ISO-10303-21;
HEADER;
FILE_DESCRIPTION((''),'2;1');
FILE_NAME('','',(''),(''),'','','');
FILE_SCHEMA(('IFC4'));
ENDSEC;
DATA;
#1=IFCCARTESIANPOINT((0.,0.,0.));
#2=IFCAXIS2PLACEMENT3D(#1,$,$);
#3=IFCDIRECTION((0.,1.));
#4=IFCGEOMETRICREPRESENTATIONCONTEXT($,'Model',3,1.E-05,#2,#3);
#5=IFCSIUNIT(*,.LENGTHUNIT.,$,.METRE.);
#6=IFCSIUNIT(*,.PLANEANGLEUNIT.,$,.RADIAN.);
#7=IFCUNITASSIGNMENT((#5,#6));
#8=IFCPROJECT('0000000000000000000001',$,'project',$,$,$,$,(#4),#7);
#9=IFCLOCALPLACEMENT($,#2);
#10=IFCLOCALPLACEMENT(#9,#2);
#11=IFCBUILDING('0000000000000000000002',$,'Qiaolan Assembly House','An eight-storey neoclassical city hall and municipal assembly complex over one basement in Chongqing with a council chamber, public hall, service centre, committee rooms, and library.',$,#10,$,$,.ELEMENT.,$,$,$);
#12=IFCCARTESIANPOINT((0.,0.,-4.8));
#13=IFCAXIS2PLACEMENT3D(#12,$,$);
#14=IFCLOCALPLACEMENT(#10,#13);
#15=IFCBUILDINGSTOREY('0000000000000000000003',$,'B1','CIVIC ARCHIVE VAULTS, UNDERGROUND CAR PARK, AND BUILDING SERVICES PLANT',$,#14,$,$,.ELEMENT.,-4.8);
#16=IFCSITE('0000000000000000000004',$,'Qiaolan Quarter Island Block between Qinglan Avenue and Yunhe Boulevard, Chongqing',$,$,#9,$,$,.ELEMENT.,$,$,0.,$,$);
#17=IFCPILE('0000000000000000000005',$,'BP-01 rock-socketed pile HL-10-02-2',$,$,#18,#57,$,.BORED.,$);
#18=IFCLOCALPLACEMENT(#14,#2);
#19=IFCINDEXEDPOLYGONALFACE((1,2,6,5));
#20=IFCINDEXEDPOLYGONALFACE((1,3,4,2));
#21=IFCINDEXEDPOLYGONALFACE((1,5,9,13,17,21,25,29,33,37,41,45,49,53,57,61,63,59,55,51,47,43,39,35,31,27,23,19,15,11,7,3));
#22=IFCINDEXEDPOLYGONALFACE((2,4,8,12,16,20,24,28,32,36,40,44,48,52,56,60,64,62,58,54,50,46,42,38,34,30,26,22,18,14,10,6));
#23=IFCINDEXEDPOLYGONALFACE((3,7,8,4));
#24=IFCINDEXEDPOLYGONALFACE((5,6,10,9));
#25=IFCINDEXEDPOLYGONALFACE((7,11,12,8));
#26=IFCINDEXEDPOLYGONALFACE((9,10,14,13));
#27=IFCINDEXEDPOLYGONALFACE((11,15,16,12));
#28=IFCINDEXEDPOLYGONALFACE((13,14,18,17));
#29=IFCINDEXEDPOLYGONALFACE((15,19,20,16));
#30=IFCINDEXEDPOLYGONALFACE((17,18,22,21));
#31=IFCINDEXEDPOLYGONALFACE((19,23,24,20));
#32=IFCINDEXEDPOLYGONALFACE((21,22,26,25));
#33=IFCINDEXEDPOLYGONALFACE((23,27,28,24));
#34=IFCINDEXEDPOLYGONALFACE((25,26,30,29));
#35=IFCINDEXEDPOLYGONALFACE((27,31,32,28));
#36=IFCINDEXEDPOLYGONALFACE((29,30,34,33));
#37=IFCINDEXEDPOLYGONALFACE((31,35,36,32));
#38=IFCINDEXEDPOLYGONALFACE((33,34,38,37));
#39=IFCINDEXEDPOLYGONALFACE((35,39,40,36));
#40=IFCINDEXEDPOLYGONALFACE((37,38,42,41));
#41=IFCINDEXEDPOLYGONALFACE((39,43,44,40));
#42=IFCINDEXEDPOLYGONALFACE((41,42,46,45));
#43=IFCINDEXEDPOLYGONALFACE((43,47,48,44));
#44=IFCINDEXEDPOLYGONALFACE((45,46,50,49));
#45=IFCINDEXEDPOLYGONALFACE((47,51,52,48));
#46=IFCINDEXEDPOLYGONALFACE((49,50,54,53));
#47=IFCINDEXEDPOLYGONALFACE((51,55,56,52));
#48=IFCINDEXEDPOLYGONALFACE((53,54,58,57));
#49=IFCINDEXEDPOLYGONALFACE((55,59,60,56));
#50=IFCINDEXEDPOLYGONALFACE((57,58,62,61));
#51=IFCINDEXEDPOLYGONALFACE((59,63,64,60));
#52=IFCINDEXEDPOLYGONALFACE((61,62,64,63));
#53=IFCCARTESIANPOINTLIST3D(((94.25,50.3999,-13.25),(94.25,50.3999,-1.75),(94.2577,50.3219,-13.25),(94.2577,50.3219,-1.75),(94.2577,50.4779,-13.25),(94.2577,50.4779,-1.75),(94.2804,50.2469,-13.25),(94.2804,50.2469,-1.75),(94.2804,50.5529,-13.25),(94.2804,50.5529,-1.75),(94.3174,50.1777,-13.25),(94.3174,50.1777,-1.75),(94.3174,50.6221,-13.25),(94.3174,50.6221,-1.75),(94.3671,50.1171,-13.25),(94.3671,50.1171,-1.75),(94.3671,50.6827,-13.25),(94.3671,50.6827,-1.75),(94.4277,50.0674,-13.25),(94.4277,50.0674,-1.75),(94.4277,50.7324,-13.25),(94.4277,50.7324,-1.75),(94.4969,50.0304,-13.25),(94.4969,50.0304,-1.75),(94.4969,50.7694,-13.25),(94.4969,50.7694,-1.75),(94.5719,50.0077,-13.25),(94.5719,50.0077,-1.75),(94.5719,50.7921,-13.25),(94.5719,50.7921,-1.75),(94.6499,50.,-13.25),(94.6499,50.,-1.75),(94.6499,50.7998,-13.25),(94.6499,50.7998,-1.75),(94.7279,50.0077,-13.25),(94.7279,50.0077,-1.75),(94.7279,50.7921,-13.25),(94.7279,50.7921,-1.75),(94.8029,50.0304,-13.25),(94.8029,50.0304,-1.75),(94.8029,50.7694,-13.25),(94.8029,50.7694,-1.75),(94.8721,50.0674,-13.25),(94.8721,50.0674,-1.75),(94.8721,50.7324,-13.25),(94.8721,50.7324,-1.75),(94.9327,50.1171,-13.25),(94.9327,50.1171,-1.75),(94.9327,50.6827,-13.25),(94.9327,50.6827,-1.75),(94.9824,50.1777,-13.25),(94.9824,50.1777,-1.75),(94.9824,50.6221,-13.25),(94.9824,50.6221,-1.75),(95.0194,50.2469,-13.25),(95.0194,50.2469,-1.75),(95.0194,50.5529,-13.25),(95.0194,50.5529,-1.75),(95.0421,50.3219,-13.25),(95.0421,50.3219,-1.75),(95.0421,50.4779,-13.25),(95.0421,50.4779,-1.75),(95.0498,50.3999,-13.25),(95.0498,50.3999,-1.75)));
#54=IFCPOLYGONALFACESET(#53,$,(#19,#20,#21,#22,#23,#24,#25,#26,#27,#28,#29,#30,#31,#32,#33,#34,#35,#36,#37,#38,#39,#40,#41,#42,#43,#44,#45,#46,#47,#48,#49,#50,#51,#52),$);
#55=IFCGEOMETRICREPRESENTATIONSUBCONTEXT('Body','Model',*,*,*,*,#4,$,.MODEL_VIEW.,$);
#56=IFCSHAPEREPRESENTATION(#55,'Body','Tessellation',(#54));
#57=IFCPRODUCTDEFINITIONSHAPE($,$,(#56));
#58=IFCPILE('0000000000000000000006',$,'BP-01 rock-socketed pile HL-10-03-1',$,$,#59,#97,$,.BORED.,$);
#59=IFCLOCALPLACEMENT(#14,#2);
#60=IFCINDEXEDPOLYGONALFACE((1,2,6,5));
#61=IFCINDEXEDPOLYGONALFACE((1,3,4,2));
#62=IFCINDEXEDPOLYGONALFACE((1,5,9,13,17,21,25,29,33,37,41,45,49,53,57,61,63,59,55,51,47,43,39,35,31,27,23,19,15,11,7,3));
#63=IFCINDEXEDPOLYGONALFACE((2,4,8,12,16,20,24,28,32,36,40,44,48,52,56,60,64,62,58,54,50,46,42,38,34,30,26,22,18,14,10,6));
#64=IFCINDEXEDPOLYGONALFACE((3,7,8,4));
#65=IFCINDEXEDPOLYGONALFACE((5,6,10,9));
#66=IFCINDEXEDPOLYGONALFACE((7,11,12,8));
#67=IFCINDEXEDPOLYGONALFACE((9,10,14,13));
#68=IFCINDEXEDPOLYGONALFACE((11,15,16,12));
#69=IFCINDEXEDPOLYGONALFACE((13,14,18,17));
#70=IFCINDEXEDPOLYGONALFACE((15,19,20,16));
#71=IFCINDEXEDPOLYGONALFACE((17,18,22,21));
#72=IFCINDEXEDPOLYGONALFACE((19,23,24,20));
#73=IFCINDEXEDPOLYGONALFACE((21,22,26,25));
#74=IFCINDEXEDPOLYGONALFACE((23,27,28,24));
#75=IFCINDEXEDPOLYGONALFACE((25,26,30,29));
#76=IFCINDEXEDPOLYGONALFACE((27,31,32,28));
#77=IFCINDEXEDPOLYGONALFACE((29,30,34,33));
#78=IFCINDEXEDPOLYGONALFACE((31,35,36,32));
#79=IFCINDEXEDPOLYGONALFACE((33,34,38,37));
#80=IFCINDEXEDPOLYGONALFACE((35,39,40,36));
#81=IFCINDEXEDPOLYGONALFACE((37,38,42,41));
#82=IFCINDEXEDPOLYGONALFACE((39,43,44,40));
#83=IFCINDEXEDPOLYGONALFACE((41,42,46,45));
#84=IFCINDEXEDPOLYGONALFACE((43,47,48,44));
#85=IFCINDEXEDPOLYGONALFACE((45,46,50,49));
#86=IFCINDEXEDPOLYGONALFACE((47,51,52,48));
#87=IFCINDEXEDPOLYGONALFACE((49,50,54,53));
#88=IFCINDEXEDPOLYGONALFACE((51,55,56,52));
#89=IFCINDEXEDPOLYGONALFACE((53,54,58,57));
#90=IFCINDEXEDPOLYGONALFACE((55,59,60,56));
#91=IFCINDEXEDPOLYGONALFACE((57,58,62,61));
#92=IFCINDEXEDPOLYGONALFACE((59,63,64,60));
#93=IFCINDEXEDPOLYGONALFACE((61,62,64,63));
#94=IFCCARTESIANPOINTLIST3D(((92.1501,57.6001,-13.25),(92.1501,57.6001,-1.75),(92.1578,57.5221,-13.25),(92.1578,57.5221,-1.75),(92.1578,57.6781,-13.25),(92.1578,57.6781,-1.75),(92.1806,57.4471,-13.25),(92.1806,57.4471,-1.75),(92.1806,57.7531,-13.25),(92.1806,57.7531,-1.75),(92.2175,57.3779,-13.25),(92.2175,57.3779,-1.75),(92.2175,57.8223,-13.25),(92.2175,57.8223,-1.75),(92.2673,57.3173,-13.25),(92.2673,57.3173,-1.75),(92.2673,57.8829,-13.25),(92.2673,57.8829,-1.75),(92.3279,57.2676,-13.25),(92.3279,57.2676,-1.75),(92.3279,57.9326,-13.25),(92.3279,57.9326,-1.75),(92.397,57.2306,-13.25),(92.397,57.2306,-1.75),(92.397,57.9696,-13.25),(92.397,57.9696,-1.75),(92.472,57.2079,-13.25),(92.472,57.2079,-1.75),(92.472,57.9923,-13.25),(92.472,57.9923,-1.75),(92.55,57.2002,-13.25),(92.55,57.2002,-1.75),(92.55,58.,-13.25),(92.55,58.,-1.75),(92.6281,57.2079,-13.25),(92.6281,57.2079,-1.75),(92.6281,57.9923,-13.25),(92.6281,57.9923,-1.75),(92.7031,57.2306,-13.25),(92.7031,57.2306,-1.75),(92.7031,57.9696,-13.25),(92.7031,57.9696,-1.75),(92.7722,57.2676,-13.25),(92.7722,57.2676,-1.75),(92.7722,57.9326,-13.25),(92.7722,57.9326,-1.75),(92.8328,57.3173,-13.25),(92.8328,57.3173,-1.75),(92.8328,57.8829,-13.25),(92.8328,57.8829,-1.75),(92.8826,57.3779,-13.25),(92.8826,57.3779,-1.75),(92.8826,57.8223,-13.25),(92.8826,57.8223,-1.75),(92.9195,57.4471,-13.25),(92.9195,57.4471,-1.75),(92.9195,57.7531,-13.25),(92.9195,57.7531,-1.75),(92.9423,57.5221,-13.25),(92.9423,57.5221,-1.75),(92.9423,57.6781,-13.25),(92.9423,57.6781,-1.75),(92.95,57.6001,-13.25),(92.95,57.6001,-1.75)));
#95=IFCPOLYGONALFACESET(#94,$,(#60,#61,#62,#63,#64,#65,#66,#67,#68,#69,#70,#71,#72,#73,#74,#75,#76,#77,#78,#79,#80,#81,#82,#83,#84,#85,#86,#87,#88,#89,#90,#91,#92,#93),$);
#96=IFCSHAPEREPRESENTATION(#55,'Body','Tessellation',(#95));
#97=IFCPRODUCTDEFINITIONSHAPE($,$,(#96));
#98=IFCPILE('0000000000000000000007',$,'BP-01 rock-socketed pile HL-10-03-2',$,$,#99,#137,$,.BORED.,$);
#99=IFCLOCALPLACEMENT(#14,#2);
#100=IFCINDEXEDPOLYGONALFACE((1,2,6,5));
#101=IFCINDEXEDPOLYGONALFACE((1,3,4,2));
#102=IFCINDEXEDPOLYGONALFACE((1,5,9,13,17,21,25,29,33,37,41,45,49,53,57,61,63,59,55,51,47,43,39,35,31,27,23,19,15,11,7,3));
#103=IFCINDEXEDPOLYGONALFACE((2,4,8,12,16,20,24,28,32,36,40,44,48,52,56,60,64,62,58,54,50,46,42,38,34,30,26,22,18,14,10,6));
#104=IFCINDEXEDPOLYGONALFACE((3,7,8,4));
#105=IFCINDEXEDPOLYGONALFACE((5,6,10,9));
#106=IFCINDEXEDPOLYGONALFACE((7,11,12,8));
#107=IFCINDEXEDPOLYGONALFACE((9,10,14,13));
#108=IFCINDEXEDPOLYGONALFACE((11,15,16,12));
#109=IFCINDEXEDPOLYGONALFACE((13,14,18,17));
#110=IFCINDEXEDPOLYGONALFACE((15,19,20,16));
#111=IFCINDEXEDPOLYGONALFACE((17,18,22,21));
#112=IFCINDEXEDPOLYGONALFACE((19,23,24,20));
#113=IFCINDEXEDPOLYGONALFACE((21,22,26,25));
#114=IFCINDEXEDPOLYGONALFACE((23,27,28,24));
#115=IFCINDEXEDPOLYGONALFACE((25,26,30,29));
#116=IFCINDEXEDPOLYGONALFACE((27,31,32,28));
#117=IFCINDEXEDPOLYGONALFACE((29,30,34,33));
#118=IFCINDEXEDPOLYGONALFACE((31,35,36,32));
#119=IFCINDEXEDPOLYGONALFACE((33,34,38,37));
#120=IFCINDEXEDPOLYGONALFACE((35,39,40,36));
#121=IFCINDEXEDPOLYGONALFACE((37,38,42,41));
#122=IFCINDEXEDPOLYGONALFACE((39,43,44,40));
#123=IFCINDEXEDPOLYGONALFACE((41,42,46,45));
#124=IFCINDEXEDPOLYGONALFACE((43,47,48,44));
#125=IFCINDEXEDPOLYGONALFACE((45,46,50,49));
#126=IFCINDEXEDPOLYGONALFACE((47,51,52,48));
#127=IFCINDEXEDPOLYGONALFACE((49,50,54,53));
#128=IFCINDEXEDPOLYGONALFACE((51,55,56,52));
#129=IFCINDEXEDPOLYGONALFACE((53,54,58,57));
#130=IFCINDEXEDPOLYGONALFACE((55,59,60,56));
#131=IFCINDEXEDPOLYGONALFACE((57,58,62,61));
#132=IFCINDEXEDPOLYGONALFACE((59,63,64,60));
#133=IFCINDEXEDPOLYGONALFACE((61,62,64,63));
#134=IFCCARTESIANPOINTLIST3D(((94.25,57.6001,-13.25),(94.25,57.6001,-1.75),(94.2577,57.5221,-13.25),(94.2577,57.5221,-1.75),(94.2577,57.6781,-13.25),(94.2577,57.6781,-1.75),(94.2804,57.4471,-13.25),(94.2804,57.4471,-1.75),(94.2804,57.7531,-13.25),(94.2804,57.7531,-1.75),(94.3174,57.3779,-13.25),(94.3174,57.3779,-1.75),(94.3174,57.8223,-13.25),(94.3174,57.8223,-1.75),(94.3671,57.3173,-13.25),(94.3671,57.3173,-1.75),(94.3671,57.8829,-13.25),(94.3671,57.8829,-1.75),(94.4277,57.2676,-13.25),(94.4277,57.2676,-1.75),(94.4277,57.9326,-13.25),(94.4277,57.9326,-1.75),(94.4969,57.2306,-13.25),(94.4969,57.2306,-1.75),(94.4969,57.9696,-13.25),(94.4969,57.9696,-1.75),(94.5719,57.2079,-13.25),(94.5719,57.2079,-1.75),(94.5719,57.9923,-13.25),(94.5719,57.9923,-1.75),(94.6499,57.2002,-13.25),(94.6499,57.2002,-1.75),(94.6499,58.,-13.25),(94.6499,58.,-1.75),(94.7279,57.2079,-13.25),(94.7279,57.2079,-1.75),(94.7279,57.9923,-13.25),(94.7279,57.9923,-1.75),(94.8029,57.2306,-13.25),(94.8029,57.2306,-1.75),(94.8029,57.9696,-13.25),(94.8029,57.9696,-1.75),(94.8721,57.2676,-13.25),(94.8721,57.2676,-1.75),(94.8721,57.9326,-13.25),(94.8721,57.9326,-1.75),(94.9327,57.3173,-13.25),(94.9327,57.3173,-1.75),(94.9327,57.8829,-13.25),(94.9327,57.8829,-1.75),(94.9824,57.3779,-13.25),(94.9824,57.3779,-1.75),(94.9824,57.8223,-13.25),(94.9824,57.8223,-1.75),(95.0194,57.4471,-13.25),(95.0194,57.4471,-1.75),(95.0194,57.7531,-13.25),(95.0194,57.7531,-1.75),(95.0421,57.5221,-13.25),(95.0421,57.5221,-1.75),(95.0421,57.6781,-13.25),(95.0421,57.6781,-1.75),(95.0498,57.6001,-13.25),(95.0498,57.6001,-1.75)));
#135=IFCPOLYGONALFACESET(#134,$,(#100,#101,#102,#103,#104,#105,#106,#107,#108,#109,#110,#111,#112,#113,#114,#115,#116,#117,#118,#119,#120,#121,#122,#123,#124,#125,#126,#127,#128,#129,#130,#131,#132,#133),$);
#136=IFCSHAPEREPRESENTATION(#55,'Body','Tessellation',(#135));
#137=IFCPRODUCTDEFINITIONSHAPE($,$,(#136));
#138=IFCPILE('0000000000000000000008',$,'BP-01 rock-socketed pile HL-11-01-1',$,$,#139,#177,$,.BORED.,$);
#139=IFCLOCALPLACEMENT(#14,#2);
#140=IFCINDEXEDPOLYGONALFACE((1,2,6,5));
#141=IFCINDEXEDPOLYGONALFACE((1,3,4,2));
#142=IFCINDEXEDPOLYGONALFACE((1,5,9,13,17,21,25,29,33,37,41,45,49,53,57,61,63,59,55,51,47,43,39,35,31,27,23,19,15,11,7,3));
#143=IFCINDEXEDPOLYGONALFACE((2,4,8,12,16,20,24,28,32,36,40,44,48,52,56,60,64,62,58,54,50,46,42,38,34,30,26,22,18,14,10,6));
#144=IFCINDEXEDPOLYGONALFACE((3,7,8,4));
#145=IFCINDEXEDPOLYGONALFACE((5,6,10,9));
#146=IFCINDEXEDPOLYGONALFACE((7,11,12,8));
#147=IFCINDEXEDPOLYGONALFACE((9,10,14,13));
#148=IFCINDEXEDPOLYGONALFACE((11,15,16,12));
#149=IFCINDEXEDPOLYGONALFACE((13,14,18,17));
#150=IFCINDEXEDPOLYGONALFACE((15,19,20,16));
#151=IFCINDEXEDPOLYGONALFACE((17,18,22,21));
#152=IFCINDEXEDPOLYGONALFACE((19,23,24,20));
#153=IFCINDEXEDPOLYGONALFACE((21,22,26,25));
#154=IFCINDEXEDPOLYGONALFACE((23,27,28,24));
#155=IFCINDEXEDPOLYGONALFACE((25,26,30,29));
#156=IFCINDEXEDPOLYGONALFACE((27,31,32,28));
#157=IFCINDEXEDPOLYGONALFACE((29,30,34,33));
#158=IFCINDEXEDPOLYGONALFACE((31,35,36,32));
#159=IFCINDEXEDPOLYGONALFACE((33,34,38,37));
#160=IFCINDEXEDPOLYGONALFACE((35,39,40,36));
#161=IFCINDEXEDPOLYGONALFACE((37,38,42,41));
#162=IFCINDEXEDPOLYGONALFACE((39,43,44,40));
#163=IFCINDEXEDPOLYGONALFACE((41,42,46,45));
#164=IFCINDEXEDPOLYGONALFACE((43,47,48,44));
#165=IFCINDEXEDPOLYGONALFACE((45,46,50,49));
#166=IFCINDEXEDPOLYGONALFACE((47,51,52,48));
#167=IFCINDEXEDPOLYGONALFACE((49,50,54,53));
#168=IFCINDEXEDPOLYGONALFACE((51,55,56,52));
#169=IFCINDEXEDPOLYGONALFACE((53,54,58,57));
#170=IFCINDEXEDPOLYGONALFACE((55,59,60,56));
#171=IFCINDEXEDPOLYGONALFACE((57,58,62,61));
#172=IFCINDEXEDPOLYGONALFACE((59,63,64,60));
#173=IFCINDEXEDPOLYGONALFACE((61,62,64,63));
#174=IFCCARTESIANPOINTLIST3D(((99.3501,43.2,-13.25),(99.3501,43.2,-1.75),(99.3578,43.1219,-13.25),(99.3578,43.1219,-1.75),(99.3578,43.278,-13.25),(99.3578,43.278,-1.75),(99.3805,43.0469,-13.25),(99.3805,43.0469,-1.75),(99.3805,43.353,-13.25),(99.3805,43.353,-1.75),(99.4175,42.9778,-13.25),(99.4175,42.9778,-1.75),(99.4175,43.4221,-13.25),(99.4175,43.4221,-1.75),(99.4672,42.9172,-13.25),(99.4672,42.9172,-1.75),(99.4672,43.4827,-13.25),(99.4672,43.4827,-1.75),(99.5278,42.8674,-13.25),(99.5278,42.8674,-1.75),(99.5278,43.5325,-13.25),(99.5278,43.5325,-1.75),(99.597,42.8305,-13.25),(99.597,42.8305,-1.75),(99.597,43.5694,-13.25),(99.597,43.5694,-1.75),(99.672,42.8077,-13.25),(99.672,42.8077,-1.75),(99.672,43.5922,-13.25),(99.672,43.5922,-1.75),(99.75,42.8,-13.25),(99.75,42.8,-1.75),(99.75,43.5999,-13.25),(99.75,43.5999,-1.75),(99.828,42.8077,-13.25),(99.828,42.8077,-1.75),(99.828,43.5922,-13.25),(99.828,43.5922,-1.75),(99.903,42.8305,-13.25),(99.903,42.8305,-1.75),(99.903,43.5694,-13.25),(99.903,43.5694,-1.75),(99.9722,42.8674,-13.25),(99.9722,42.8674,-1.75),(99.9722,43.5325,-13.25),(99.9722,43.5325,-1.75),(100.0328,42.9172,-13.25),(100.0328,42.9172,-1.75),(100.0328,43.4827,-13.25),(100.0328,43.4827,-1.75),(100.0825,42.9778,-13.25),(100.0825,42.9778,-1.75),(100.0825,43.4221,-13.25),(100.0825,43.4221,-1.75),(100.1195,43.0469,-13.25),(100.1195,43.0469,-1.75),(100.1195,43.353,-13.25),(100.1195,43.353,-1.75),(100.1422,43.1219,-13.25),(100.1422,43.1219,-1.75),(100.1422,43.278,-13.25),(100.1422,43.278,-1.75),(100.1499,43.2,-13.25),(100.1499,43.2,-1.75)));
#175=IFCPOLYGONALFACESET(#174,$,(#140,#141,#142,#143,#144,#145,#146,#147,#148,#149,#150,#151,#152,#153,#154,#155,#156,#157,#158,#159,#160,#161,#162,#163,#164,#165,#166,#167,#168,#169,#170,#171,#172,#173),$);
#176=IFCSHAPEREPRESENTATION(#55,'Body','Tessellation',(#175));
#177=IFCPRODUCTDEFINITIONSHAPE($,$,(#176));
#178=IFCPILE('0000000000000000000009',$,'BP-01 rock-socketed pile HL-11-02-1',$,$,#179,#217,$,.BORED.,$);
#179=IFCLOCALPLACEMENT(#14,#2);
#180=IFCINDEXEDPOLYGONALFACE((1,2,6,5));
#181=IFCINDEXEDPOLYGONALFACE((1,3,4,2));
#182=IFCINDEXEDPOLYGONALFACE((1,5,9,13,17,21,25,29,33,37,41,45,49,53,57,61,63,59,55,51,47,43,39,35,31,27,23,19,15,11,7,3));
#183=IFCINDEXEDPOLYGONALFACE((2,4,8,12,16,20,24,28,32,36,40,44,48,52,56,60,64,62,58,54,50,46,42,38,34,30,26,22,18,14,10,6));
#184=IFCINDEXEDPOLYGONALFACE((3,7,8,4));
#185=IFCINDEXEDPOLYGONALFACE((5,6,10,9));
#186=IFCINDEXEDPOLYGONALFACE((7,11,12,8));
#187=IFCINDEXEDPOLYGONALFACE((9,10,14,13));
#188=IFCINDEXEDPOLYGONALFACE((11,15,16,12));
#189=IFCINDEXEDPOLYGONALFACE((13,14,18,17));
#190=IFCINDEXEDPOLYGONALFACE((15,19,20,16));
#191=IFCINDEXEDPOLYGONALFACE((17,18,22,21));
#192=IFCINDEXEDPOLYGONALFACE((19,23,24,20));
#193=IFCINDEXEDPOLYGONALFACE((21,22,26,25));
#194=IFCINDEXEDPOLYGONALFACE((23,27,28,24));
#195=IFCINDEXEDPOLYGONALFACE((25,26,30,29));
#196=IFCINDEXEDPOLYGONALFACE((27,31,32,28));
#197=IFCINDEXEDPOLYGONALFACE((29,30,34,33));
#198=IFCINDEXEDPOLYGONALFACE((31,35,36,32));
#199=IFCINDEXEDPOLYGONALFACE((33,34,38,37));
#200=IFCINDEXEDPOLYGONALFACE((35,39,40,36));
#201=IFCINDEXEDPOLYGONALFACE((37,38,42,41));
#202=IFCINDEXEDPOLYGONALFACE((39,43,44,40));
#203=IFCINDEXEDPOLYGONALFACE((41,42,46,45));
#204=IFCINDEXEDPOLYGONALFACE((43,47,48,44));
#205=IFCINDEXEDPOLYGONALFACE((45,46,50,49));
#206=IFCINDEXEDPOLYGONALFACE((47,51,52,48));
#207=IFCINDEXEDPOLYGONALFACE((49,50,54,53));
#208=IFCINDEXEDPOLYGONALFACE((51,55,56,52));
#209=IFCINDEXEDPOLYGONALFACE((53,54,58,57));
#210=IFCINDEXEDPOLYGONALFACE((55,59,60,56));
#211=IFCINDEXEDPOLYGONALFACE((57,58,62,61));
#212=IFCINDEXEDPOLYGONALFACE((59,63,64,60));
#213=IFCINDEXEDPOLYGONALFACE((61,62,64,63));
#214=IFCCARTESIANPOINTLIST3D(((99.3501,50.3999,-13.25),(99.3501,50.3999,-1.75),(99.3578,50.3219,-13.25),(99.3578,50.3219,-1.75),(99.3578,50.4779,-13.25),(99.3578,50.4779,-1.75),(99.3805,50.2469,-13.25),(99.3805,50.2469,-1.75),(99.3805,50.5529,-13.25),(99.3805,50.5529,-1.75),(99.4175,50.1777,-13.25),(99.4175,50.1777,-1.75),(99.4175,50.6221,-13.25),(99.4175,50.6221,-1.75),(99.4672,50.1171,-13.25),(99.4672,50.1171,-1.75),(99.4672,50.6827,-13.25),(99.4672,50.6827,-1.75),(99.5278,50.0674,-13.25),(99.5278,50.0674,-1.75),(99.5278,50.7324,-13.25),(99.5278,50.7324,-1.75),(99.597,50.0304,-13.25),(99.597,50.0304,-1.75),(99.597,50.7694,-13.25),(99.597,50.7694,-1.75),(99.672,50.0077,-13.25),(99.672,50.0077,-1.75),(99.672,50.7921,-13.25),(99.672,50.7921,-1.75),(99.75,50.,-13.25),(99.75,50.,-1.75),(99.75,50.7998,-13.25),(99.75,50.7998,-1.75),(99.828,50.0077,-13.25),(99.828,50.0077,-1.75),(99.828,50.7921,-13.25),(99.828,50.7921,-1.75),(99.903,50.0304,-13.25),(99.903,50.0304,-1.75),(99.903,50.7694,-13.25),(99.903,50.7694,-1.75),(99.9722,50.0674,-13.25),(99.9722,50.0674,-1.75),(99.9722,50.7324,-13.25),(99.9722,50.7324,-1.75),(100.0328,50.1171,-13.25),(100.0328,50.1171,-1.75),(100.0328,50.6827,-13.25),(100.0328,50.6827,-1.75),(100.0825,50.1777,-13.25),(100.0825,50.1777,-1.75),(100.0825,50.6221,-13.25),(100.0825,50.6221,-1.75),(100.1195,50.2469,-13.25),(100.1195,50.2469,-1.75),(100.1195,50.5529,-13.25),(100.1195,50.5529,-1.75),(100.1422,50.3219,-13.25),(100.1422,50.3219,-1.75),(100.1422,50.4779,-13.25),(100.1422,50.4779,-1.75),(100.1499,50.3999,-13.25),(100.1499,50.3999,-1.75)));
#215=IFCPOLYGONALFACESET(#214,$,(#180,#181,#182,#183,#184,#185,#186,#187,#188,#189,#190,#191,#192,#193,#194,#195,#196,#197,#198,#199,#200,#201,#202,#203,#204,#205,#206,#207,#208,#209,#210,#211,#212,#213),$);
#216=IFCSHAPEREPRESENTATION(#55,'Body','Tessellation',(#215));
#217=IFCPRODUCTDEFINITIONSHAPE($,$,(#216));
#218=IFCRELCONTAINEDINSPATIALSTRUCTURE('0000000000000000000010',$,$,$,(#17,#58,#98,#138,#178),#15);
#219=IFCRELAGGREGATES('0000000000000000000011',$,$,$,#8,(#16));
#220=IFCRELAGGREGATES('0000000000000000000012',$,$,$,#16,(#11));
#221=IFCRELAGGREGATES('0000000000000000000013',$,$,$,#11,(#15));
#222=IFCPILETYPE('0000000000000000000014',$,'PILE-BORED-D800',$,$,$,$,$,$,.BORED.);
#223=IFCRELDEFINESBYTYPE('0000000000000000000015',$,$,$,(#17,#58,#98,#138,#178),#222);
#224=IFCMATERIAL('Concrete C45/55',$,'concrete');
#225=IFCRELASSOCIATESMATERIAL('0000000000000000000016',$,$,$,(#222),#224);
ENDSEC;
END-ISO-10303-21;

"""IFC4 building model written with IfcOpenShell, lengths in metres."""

from ifc_helpers import new_model, si_unit, direction, frame, origin, origin_2d, place, context, subcontext, project, spatial, circle, extrude, material, material_profile, profile_set, type_object, element, save


model = new_model("IFC4")

# Units and contexts
model_context = context("Model", 3, precision=1e-05, world=origin(), true_north=direction((0.0, 1.0)))
body_context = subcontext(model_context, "Body", "Model", "MODEL_VIEW")
ifc_project = project(units=[si_unit("LENGTHUNIT", "METRE"), si_unit("PLANEANGLEUNIT", "RADIAN")], contexts=[model_context])

# Site, building, storey
site_placement = place(None, origin())
site = spatial("IfcSite", under=ifc_project, at=site_placement, Name="Qiaolan Quarter Island Block between Qinglan Avenue and Yunhe Boulevard, Chongqing", CompositionType="ELEMENT", RefElevation=0.0)
building_placement = place(site_placement, origin())
building = spatial("IfcBuilding", under=site, at=building_placement, Name="Qiaolan Assembly House", Description="An eight-storey neoclassical city hall and municipal assembly complex over one basement in Chongqing with a council chamber, public hall, service centre, committee rooms, and library.", CompositionType="ELEMENT")
storey_placement = place(building_placement, frame((0.0, 0.0, -4.8)))
storey = spatial("IfcBuildingStorey", under=building, at=storey_placement, Name="B1", Description="CIVIC ARCHIVE VAULTS, UNDERGROUND CAR PARK, AND BUILDING SERVICES PLANT", CompositionType="ELEMENT", Elevation=-4.8)

# Piles
ifc_material_1 = material(Name="Concrete C45/55", Category="concrete")
ifc_material_profile_1 = material_profile(ifc_material_1, circle(Radius=0.3999, at=origin_2d()), Name="PILE D800")
ifc_profile_set_1 = profile_set([ifc_material_profile_1], Name="Concrete C45/55")
pile_type = type_object("IfcPileType", Name="PILE-BORED-D800", PredefinedType="BORED", material=ifc_profile_set_1)
for number, where, z_axis, x_axis, name in (
    (1, (94.6499, 50.3999, -1.75), (0.0, 0.0, -1.0), (1.0, 0.0, 0.0), "BP-01 rock-socketed pile HL-10-02-2"),
    (2, (92.55, 57.6001, -1.75), (0.0, 0.0, -1.0), (1.0, 0.0, 0.0), "BP-01 rock-socketed pile HL-10-03-1"),
    (3, (94.6499, 57.6001, -1.75), (0.0, 0.0, -1.0), (1.0, 0.0, 0.0), "BP-01 rock-socketed pile HL-10-03-2"),
    (4, (99.75, 43.2, -1.75), (0.0, 0.0, -1.0), (1.0, 0.0, 0.0), "BP-01 rock-socketed pile HL-11-01-1"),
    (5, (99.75, 50.3999, -1.75), (0.0, 0.0, -1.0), (1.0, 0.0, 0.0), "BP-01 rock-socketed pile HL-11-02-1"),
):
    element("IfcPile", number, at=place(storey_placement, frame(where, z_axis=z_axis, x_axis=x_axis)), inside=storey, type_object=pile_type, Name=name, PredefinedType="BORED", context=body_context, shape_type="SweptSolid", body=[
        extrude(circle(Radius=0.3999, at=origin_2d()), origin(), (0.0, 0.0, 1.0), 11.5),
    ])

save(model, "model.ifc")
